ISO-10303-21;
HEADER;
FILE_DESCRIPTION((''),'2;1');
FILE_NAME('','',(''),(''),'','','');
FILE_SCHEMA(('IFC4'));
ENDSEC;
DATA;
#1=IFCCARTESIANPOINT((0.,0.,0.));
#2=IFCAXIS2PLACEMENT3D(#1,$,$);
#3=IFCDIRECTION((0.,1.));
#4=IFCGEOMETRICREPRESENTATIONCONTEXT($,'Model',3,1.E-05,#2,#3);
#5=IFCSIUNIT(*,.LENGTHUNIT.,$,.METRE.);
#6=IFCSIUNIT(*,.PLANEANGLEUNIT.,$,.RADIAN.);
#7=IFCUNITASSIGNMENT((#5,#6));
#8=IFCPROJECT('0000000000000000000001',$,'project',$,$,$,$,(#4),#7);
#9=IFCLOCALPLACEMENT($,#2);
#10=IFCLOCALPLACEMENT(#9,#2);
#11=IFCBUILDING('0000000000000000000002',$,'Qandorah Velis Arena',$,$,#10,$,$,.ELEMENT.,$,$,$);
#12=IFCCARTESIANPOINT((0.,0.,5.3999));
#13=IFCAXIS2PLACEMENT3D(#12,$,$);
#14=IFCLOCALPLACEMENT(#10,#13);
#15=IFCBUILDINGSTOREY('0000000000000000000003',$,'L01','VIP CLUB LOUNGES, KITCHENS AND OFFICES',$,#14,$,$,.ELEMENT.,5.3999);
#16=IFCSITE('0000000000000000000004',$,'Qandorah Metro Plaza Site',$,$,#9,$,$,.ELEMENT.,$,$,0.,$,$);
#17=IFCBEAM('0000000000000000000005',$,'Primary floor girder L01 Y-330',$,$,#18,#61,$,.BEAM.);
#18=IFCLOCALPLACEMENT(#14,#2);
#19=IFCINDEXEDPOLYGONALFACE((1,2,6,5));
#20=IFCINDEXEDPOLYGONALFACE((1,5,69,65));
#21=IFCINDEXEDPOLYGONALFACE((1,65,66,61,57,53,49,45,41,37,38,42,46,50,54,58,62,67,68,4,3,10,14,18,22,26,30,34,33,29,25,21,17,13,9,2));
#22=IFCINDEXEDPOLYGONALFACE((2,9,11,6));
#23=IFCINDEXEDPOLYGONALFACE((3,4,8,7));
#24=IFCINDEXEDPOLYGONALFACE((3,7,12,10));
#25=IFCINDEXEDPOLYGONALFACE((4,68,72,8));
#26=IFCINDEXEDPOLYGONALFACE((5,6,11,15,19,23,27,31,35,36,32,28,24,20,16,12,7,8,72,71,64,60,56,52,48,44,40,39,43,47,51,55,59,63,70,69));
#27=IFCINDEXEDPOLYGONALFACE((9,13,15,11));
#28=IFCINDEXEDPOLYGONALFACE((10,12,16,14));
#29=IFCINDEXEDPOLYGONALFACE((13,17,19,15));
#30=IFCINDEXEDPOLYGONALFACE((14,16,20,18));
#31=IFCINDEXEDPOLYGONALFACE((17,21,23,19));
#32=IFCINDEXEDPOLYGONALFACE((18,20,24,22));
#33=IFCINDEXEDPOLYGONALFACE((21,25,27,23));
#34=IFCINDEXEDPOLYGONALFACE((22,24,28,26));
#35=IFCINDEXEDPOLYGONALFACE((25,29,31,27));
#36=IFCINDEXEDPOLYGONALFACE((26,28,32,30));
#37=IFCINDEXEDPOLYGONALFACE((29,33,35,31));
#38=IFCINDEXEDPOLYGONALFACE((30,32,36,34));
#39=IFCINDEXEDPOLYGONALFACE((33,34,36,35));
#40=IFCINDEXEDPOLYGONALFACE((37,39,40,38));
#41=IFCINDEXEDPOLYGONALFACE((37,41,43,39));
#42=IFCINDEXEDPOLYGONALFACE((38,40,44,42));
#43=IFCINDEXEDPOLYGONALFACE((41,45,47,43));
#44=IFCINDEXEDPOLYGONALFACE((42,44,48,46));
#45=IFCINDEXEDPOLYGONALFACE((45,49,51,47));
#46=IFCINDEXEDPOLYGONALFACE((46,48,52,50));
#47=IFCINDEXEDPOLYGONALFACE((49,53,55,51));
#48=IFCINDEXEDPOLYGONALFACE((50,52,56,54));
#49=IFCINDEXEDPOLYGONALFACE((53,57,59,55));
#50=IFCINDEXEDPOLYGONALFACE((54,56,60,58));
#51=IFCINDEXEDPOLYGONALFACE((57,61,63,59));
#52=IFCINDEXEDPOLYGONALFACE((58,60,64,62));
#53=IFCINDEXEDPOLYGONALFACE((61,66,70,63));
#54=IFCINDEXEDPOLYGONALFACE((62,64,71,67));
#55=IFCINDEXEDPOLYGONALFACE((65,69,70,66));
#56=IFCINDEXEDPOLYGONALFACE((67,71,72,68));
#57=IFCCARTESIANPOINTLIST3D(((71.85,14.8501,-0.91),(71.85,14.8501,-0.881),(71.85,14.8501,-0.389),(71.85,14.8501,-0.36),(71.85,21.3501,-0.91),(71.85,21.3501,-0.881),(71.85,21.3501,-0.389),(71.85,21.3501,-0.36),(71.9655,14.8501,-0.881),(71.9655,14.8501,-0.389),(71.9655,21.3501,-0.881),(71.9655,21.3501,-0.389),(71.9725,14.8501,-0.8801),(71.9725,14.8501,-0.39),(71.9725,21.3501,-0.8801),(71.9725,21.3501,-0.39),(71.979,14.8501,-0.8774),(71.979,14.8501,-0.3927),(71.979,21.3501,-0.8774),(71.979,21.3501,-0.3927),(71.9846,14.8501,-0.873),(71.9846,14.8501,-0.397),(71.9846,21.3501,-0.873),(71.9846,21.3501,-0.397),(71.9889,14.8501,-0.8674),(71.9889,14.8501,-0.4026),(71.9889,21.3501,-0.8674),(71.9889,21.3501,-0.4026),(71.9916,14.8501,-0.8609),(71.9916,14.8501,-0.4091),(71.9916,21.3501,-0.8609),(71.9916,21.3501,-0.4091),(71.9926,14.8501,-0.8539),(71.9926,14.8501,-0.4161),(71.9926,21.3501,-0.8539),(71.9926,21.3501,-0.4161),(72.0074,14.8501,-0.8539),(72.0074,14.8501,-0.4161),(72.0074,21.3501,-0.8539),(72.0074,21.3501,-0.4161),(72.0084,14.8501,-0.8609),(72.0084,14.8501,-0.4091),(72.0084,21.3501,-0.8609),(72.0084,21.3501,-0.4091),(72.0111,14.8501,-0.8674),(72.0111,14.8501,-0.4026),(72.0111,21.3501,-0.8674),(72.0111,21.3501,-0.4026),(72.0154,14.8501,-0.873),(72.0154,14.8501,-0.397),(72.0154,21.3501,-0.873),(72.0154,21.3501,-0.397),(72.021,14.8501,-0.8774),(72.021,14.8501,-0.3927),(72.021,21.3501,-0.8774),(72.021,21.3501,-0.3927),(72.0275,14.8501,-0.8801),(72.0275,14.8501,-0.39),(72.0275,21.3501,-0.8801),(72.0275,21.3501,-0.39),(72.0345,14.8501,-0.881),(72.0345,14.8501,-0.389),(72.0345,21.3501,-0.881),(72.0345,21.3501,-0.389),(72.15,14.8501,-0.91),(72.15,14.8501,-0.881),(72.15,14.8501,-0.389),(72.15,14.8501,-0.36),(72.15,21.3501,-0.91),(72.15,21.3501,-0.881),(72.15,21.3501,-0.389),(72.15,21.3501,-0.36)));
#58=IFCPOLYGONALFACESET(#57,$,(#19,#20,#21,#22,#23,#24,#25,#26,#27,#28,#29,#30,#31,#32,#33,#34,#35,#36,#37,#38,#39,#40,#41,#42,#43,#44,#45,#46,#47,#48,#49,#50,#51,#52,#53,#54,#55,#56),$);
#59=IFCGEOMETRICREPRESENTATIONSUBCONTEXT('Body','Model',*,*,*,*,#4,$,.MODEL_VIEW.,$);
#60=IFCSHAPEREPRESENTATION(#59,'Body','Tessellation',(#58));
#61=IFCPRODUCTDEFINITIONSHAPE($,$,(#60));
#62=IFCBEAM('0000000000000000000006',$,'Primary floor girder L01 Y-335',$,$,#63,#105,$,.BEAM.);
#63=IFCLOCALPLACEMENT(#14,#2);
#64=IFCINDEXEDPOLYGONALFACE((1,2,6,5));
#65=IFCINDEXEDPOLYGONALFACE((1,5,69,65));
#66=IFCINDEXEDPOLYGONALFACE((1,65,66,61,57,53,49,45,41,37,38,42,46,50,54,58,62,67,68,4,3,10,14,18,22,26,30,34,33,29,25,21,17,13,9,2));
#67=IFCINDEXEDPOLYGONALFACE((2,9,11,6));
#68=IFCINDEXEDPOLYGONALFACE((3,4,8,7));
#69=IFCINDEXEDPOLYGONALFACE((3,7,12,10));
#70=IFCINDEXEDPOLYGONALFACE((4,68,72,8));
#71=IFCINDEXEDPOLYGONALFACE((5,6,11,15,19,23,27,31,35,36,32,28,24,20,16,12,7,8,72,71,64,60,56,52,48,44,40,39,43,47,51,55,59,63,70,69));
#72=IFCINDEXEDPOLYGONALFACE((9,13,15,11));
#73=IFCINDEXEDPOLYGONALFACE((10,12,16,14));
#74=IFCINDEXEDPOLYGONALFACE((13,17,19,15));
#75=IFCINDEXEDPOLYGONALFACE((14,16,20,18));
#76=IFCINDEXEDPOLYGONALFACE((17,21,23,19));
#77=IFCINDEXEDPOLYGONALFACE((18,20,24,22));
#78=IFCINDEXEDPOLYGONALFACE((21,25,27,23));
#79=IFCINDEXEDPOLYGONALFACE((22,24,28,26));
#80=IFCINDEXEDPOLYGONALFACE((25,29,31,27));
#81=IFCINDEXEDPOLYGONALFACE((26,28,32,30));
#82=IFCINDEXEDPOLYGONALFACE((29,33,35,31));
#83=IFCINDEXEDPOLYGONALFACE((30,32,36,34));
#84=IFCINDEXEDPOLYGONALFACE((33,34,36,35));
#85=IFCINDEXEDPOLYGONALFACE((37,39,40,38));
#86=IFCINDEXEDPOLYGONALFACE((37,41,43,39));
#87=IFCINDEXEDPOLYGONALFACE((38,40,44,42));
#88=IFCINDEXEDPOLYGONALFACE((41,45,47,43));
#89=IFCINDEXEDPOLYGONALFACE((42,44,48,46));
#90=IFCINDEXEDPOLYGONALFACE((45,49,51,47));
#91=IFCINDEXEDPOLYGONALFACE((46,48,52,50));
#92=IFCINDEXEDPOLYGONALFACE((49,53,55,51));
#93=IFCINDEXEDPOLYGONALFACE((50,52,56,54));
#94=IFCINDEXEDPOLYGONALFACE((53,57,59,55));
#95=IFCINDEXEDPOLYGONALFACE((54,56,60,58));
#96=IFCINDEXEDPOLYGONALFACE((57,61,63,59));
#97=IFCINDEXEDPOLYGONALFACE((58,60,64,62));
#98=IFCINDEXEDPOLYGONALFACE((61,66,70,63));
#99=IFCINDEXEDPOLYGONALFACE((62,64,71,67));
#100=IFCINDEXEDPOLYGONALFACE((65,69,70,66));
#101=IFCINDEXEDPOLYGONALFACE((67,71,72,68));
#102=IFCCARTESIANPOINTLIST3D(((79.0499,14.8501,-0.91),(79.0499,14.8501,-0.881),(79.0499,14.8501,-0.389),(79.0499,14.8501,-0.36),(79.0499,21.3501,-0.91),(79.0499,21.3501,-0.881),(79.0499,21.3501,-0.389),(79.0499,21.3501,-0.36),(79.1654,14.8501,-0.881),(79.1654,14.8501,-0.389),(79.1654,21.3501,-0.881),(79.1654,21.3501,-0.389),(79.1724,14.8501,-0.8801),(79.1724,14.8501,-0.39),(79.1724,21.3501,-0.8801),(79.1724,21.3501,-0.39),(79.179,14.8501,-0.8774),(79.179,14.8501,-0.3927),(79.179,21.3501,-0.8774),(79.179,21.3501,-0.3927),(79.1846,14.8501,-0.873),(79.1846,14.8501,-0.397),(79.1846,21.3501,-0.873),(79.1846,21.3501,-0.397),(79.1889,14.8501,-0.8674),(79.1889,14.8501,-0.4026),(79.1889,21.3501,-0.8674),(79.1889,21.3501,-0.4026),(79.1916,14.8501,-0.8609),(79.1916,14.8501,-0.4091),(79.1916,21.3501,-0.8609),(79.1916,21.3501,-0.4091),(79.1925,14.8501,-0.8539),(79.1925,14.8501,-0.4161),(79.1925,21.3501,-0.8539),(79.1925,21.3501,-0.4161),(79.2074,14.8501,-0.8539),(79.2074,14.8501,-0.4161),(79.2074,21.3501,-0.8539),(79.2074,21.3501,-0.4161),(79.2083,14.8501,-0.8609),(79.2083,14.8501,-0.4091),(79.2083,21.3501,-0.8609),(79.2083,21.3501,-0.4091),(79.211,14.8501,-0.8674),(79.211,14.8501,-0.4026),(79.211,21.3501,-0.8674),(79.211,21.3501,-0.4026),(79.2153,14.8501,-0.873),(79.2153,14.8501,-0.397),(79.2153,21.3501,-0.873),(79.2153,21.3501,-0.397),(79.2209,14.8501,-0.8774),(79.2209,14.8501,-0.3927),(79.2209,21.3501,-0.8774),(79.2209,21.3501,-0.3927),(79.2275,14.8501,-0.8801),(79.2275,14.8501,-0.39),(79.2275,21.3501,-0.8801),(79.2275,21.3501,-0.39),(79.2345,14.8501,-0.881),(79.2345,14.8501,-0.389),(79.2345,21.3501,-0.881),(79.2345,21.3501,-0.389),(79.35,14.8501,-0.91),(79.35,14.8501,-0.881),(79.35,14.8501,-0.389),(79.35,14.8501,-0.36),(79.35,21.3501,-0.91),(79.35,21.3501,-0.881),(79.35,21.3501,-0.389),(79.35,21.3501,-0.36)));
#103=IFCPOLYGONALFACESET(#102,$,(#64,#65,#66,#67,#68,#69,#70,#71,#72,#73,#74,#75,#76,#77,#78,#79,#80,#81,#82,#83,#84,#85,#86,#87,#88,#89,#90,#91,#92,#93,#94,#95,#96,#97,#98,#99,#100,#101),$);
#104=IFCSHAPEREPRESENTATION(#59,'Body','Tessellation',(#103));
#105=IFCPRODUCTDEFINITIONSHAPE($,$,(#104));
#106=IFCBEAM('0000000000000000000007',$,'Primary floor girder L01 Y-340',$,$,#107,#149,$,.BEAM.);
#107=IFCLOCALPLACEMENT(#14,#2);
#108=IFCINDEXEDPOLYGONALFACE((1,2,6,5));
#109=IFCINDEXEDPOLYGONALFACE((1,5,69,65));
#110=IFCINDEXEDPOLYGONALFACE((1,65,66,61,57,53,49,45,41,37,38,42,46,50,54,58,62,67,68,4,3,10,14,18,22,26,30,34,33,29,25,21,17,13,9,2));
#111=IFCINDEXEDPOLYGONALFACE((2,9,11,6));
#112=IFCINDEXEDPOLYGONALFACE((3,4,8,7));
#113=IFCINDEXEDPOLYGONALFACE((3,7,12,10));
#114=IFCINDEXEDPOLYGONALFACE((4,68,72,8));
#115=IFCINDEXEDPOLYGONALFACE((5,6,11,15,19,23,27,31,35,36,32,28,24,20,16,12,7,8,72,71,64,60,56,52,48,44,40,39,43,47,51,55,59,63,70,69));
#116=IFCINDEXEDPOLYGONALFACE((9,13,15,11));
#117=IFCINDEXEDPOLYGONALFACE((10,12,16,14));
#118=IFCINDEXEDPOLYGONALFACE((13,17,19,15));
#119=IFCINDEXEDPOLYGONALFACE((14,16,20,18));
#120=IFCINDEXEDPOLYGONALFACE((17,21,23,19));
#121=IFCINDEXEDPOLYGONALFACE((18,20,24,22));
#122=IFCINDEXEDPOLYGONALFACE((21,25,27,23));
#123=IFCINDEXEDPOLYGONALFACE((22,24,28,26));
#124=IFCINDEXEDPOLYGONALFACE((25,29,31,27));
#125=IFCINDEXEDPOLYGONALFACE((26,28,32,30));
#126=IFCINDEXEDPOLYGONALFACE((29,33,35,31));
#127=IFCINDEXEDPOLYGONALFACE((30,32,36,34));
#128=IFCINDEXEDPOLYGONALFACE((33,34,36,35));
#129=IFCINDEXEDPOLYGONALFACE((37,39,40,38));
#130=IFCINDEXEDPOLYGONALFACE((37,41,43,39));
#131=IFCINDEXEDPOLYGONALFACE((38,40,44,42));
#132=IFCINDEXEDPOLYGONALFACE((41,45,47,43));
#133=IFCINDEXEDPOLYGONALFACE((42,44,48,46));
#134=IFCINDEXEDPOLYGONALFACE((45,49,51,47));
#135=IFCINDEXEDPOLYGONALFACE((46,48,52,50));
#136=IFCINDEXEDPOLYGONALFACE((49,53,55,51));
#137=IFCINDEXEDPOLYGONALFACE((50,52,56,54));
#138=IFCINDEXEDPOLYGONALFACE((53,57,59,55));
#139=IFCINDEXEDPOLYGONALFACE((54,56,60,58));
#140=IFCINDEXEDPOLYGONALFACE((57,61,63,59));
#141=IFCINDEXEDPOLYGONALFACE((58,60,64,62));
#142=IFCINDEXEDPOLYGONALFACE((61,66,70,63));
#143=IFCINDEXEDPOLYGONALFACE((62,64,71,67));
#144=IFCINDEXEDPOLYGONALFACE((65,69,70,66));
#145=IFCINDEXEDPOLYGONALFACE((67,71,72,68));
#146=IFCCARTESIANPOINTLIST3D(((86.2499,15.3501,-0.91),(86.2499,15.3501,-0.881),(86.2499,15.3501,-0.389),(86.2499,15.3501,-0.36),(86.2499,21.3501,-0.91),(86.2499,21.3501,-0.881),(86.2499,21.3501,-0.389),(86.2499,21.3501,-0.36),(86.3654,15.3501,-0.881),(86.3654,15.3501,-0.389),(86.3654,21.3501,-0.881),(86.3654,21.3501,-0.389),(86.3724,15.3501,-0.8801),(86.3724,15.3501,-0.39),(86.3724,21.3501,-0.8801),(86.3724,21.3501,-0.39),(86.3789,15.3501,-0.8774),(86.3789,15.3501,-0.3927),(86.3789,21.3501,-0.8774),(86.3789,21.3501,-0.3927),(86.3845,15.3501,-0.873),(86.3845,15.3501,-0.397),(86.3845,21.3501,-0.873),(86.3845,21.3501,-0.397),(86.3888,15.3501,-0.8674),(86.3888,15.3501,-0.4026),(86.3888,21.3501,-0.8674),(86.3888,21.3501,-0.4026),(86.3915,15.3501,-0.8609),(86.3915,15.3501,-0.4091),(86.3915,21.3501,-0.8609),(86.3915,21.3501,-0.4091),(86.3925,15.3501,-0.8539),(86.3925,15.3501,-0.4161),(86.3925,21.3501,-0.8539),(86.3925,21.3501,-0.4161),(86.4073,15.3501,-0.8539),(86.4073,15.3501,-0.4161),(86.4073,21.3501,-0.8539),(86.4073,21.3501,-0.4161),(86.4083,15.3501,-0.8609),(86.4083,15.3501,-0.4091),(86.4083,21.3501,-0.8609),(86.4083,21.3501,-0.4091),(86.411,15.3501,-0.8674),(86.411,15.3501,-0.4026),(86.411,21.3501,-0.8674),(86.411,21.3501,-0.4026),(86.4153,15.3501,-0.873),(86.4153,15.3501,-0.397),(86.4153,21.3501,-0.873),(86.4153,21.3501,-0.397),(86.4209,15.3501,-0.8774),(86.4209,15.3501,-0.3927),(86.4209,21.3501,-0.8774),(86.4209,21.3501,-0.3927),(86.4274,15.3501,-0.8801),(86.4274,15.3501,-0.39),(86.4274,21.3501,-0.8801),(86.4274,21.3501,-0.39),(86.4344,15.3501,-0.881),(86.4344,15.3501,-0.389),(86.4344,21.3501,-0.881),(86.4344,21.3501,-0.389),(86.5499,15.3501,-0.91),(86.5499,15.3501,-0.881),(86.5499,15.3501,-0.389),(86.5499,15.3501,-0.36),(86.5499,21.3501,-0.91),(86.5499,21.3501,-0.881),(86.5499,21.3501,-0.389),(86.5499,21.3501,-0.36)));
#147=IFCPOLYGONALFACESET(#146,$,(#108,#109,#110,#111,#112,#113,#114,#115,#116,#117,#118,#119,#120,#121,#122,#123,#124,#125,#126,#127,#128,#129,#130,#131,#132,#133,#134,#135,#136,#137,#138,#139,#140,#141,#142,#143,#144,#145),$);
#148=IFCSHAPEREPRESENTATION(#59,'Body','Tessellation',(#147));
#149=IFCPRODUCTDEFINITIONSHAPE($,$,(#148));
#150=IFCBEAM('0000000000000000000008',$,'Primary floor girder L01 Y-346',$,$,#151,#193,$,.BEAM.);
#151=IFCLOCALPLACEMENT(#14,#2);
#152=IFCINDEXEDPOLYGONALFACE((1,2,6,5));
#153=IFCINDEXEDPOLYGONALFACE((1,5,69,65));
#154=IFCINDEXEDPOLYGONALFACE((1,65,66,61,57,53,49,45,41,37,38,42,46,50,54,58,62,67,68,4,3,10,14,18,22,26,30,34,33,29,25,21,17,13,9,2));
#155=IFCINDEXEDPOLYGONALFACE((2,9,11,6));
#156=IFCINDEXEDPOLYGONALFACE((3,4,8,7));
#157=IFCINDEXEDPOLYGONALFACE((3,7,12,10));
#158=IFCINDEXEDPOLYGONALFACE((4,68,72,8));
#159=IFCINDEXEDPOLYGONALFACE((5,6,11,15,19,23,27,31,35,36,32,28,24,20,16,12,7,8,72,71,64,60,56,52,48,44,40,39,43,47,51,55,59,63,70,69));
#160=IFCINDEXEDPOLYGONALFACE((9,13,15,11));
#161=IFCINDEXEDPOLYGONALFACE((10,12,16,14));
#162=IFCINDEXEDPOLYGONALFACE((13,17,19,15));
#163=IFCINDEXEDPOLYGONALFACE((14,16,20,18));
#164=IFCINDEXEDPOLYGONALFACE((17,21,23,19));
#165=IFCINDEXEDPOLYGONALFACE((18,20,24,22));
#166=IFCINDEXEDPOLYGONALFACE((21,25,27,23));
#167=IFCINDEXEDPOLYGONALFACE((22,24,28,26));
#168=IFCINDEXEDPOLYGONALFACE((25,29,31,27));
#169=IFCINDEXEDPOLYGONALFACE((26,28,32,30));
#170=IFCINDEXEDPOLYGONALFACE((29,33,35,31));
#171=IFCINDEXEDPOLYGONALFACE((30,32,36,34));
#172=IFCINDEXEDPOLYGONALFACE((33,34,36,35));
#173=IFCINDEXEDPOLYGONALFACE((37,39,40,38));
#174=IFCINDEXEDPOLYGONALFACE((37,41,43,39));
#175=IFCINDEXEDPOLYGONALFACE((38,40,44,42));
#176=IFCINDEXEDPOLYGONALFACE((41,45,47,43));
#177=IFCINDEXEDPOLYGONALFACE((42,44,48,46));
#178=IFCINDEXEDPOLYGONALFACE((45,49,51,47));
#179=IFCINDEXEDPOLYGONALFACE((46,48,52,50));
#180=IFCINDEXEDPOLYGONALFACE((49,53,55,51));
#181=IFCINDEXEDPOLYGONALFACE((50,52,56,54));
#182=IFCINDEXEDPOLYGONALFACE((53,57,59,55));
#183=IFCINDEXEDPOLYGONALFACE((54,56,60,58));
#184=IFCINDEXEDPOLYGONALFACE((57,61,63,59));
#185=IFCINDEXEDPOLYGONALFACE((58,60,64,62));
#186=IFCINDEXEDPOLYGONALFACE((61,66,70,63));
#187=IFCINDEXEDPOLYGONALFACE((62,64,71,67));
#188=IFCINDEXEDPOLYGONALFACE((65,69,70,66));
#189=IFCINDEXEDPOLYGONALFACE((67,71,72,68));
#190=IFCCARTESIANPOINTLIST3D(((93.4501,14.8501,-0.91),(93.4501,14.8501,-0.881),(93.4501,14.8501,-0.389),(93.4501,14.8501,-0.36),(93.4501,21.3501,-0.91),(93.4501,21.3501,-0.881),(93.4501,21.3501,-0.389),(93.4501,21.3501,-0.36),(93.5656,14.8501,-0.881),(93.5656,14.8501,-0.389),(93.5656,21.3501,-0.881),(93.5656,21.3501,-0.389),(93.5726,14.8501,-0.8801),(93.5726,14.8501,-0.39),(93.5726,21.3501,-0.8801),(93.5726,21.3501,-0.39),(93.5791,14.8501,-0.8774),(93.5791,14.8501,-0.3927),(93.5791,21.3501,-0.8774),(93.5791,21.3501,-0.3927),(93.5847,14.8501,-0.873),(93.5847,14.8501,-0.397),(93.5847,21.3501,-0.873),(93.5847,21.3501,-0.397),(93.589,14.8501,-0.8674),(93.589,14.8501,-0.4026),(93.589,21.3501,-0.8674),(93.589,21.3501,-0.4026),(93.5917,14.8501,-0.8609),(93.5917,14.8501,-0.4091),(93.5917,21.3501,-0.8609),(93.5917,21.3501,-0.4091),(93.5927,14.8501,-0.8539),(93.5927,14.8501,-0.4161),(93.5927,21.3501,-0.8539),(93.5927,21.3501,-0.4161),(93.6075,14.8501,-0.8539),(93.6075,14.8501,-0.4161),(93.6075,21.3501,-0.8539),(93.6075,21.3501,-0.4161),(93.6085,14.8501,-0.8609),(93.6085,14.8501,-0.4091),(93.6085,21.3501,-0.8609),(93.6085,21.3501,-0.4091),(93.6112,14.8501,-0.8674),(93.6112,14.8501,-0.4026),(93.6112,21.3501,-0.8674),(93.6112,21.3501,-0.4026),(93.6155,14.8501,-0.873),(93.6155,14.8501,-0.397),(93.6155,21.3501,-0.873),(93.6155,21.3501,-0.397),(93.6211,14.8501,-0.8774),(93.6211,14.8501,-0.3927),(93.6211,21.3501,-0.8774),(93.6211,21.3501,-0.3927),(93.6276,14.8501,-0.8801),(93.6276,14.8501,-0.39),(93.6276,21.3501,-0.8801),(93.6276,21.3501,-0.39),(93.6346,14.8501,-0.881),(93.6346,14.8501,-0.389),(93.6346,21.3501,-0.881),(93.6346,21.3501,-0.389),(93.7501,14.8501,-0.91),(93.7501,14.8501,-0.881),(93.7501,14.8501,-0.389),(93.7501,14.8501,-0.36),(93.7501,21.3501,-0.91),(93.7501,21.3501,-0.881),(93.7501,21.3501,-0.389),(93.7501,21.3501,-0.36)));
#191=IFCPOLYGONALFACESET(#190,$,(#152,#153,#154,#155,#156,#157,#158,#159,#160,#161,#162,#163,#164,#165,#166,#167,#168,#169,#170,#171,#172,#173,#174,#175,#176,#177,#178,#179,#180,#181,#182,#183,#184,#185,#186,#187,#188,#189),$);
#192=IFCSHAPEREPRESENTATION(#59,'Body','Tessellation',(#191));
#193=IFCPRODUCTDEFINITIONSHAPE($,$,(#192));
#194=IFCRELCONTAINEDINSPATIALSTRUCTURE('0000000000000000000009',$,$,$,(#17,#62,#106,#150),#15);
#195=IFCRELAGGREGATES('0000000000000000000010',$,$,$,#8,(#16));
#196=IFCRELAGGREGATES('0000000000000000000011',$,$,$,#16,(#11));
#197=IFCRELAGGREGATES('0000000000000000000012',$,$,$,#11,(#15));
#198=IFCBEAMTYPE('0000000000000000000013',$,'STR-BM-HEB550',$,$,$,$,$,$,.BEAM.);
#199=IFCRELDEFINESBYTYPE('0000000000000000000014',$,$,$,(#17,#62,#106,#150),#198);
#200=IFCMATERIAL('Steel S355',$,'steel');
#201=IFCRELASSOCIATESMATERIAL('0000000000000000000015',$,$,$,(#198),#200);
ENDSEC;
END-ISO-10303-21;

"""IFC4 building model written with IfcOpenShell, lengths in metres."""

from ifc_helpers import new_model, si_unit, direction, frame, origin, origin_2d, place, context, subcontext, project, spatial, i_section, extrude, material, material_profile, profile_set, type_object, element, save


model = new_model("IFC4")

# Units and contexts
model_context = context("Model", 3, precision=1e-05, world=origin(), true_north=direction((0.0, 1.0)))
body_context = subcontext(model_context, "Body", "Model", "MODEL_VIEW")
ifc_project = project(units=[si_unit("LENGTHUNIT", "METRE"), si_unit("PLANEANGLEUNIT", "RADIAN")], contexts=[model_context])

# Site, building, storey
site_placement = place(None, origin())
site = spatial("IfcSite", under=ifc_project, at=site_placement, Name="Qandorah Metro Plaza Site", CompositionType="ELEMENT", RefElevation=0.0)
building_placement = place(site_placement, origin())
building = spatial("IfcBuilding", under=site, at=building_placement, Name="Qandorah Velis Arena", CompositionType="ELEMENT")
storey_placement = place(building_placement, frame((0.0, 0.0, 5.3999)))
storey = spatial("IfcBuildingStorey", under=building, at=storey_placement, Name="L01", Description="VIP CLUB LOUNGES, KITCHENS AND OFFICES", CompositionType="ELEMENT", Elevation=5.3999)

# Beams
ifc_material_1 = material(Name="Steel S355", Category="steel")
ifc_material_profile_1 = material_profile(ifc_material_1, i_section(OverallWidth=0.3, OverallDepth=0.55, WebThickness=0.0149, FlangeThickness=0.0291, FilletRadius=0.0271, at=origin_2d()), Name="HEB 550")
ifc_profile_set_1 = profile_set([ifc_material_profile_1], Name="Steel S355")
beam_type_1 = type_object("IfcBeamType", Name="STR-BM-HEB550", PredefinedType="BEAM", material=ifc_profile_set_1)
for number, where, z_axis, x_axis, name in (
    (1, (72.0, 14.8501, -0.635), (0.0, 1.0, 0.0), (-1.0, 0.0, 0.0), "Primary floor girder L01 Y-330"),
    (2, (79.2, 14.8501, -0.635), (0.0, 1.0, 0.0), (-1.0, 0.0, 0.0), "Primary floor girder L01 Y-335"),
):
    element("IfcBeam", number, at=place(storey_placement, frame(where, z_axis=z_axis, x_axis=x_axis)), inside=storey, type_object=beam_type_1, Name=name, PredefinedType="BEAM", context=body_context, shape_type="SweptSolid", body=[
        extrude(i_section(OverallWidth=0.3, OverallDepth=0.55, WebThickness=0.0149, FlangeThickness=0.0291, FilletRadius=0.0271, at=origin_2d()), origin(), (0.0, 0.0, 1.0), 6.5),
    ])
beam_1_placement = place(storey_placement, frame((86.3999, 15.3501, -0.635), z_axis=(0.0, 1.0, 0.0), x_axis=(-1.0, 0.0, 0.0)))
element("IfcBeam", 3, at=beam_1_placement, inside=storey, type_object=beam_type_1, Name="Primary floor girder L01 Y-340", PredefinedType="BEAM", context=body_context, shape_type="SweptSolid", body=[
    extrude(i_section(OverallWidth=0.3, OverallDepth=0.55, WebThickness=0.0149, FlangeThickness=0.0291, FilletRadius=0.0271, at=origin_2d()), origin(), (0.0, 0.0, 1.0), 6.0),
])
for number, where, z_axis, x_axis, name in (
    (4, (93.6001, 14.8501, -0.635), (0.0, 1.0, 0.0), (-1.0, 0.0, 0.0), "Primary floor girder L01 Y-346"),
):
    element("IfcBeam", number, at=place(storey_placement, frame(where, z_axis=z_axis, x_axis=x_axis)), inside=storey, type_object=beam_type_1, Name=name, PredefinedType="BEAM", context=body_context, shape_type="SweptSolid", body=[
        extrude(i_section(OverallWidth=0.3, OverallDepth=0.55, WebThickness=0.0149, FlangeThickness=0.0291, FilletRadius=0.0271, at=origin_2d()), origin(), (0.0, 0.0, 1.0), 6.5),
    ])

save(model, "model.ifc")
